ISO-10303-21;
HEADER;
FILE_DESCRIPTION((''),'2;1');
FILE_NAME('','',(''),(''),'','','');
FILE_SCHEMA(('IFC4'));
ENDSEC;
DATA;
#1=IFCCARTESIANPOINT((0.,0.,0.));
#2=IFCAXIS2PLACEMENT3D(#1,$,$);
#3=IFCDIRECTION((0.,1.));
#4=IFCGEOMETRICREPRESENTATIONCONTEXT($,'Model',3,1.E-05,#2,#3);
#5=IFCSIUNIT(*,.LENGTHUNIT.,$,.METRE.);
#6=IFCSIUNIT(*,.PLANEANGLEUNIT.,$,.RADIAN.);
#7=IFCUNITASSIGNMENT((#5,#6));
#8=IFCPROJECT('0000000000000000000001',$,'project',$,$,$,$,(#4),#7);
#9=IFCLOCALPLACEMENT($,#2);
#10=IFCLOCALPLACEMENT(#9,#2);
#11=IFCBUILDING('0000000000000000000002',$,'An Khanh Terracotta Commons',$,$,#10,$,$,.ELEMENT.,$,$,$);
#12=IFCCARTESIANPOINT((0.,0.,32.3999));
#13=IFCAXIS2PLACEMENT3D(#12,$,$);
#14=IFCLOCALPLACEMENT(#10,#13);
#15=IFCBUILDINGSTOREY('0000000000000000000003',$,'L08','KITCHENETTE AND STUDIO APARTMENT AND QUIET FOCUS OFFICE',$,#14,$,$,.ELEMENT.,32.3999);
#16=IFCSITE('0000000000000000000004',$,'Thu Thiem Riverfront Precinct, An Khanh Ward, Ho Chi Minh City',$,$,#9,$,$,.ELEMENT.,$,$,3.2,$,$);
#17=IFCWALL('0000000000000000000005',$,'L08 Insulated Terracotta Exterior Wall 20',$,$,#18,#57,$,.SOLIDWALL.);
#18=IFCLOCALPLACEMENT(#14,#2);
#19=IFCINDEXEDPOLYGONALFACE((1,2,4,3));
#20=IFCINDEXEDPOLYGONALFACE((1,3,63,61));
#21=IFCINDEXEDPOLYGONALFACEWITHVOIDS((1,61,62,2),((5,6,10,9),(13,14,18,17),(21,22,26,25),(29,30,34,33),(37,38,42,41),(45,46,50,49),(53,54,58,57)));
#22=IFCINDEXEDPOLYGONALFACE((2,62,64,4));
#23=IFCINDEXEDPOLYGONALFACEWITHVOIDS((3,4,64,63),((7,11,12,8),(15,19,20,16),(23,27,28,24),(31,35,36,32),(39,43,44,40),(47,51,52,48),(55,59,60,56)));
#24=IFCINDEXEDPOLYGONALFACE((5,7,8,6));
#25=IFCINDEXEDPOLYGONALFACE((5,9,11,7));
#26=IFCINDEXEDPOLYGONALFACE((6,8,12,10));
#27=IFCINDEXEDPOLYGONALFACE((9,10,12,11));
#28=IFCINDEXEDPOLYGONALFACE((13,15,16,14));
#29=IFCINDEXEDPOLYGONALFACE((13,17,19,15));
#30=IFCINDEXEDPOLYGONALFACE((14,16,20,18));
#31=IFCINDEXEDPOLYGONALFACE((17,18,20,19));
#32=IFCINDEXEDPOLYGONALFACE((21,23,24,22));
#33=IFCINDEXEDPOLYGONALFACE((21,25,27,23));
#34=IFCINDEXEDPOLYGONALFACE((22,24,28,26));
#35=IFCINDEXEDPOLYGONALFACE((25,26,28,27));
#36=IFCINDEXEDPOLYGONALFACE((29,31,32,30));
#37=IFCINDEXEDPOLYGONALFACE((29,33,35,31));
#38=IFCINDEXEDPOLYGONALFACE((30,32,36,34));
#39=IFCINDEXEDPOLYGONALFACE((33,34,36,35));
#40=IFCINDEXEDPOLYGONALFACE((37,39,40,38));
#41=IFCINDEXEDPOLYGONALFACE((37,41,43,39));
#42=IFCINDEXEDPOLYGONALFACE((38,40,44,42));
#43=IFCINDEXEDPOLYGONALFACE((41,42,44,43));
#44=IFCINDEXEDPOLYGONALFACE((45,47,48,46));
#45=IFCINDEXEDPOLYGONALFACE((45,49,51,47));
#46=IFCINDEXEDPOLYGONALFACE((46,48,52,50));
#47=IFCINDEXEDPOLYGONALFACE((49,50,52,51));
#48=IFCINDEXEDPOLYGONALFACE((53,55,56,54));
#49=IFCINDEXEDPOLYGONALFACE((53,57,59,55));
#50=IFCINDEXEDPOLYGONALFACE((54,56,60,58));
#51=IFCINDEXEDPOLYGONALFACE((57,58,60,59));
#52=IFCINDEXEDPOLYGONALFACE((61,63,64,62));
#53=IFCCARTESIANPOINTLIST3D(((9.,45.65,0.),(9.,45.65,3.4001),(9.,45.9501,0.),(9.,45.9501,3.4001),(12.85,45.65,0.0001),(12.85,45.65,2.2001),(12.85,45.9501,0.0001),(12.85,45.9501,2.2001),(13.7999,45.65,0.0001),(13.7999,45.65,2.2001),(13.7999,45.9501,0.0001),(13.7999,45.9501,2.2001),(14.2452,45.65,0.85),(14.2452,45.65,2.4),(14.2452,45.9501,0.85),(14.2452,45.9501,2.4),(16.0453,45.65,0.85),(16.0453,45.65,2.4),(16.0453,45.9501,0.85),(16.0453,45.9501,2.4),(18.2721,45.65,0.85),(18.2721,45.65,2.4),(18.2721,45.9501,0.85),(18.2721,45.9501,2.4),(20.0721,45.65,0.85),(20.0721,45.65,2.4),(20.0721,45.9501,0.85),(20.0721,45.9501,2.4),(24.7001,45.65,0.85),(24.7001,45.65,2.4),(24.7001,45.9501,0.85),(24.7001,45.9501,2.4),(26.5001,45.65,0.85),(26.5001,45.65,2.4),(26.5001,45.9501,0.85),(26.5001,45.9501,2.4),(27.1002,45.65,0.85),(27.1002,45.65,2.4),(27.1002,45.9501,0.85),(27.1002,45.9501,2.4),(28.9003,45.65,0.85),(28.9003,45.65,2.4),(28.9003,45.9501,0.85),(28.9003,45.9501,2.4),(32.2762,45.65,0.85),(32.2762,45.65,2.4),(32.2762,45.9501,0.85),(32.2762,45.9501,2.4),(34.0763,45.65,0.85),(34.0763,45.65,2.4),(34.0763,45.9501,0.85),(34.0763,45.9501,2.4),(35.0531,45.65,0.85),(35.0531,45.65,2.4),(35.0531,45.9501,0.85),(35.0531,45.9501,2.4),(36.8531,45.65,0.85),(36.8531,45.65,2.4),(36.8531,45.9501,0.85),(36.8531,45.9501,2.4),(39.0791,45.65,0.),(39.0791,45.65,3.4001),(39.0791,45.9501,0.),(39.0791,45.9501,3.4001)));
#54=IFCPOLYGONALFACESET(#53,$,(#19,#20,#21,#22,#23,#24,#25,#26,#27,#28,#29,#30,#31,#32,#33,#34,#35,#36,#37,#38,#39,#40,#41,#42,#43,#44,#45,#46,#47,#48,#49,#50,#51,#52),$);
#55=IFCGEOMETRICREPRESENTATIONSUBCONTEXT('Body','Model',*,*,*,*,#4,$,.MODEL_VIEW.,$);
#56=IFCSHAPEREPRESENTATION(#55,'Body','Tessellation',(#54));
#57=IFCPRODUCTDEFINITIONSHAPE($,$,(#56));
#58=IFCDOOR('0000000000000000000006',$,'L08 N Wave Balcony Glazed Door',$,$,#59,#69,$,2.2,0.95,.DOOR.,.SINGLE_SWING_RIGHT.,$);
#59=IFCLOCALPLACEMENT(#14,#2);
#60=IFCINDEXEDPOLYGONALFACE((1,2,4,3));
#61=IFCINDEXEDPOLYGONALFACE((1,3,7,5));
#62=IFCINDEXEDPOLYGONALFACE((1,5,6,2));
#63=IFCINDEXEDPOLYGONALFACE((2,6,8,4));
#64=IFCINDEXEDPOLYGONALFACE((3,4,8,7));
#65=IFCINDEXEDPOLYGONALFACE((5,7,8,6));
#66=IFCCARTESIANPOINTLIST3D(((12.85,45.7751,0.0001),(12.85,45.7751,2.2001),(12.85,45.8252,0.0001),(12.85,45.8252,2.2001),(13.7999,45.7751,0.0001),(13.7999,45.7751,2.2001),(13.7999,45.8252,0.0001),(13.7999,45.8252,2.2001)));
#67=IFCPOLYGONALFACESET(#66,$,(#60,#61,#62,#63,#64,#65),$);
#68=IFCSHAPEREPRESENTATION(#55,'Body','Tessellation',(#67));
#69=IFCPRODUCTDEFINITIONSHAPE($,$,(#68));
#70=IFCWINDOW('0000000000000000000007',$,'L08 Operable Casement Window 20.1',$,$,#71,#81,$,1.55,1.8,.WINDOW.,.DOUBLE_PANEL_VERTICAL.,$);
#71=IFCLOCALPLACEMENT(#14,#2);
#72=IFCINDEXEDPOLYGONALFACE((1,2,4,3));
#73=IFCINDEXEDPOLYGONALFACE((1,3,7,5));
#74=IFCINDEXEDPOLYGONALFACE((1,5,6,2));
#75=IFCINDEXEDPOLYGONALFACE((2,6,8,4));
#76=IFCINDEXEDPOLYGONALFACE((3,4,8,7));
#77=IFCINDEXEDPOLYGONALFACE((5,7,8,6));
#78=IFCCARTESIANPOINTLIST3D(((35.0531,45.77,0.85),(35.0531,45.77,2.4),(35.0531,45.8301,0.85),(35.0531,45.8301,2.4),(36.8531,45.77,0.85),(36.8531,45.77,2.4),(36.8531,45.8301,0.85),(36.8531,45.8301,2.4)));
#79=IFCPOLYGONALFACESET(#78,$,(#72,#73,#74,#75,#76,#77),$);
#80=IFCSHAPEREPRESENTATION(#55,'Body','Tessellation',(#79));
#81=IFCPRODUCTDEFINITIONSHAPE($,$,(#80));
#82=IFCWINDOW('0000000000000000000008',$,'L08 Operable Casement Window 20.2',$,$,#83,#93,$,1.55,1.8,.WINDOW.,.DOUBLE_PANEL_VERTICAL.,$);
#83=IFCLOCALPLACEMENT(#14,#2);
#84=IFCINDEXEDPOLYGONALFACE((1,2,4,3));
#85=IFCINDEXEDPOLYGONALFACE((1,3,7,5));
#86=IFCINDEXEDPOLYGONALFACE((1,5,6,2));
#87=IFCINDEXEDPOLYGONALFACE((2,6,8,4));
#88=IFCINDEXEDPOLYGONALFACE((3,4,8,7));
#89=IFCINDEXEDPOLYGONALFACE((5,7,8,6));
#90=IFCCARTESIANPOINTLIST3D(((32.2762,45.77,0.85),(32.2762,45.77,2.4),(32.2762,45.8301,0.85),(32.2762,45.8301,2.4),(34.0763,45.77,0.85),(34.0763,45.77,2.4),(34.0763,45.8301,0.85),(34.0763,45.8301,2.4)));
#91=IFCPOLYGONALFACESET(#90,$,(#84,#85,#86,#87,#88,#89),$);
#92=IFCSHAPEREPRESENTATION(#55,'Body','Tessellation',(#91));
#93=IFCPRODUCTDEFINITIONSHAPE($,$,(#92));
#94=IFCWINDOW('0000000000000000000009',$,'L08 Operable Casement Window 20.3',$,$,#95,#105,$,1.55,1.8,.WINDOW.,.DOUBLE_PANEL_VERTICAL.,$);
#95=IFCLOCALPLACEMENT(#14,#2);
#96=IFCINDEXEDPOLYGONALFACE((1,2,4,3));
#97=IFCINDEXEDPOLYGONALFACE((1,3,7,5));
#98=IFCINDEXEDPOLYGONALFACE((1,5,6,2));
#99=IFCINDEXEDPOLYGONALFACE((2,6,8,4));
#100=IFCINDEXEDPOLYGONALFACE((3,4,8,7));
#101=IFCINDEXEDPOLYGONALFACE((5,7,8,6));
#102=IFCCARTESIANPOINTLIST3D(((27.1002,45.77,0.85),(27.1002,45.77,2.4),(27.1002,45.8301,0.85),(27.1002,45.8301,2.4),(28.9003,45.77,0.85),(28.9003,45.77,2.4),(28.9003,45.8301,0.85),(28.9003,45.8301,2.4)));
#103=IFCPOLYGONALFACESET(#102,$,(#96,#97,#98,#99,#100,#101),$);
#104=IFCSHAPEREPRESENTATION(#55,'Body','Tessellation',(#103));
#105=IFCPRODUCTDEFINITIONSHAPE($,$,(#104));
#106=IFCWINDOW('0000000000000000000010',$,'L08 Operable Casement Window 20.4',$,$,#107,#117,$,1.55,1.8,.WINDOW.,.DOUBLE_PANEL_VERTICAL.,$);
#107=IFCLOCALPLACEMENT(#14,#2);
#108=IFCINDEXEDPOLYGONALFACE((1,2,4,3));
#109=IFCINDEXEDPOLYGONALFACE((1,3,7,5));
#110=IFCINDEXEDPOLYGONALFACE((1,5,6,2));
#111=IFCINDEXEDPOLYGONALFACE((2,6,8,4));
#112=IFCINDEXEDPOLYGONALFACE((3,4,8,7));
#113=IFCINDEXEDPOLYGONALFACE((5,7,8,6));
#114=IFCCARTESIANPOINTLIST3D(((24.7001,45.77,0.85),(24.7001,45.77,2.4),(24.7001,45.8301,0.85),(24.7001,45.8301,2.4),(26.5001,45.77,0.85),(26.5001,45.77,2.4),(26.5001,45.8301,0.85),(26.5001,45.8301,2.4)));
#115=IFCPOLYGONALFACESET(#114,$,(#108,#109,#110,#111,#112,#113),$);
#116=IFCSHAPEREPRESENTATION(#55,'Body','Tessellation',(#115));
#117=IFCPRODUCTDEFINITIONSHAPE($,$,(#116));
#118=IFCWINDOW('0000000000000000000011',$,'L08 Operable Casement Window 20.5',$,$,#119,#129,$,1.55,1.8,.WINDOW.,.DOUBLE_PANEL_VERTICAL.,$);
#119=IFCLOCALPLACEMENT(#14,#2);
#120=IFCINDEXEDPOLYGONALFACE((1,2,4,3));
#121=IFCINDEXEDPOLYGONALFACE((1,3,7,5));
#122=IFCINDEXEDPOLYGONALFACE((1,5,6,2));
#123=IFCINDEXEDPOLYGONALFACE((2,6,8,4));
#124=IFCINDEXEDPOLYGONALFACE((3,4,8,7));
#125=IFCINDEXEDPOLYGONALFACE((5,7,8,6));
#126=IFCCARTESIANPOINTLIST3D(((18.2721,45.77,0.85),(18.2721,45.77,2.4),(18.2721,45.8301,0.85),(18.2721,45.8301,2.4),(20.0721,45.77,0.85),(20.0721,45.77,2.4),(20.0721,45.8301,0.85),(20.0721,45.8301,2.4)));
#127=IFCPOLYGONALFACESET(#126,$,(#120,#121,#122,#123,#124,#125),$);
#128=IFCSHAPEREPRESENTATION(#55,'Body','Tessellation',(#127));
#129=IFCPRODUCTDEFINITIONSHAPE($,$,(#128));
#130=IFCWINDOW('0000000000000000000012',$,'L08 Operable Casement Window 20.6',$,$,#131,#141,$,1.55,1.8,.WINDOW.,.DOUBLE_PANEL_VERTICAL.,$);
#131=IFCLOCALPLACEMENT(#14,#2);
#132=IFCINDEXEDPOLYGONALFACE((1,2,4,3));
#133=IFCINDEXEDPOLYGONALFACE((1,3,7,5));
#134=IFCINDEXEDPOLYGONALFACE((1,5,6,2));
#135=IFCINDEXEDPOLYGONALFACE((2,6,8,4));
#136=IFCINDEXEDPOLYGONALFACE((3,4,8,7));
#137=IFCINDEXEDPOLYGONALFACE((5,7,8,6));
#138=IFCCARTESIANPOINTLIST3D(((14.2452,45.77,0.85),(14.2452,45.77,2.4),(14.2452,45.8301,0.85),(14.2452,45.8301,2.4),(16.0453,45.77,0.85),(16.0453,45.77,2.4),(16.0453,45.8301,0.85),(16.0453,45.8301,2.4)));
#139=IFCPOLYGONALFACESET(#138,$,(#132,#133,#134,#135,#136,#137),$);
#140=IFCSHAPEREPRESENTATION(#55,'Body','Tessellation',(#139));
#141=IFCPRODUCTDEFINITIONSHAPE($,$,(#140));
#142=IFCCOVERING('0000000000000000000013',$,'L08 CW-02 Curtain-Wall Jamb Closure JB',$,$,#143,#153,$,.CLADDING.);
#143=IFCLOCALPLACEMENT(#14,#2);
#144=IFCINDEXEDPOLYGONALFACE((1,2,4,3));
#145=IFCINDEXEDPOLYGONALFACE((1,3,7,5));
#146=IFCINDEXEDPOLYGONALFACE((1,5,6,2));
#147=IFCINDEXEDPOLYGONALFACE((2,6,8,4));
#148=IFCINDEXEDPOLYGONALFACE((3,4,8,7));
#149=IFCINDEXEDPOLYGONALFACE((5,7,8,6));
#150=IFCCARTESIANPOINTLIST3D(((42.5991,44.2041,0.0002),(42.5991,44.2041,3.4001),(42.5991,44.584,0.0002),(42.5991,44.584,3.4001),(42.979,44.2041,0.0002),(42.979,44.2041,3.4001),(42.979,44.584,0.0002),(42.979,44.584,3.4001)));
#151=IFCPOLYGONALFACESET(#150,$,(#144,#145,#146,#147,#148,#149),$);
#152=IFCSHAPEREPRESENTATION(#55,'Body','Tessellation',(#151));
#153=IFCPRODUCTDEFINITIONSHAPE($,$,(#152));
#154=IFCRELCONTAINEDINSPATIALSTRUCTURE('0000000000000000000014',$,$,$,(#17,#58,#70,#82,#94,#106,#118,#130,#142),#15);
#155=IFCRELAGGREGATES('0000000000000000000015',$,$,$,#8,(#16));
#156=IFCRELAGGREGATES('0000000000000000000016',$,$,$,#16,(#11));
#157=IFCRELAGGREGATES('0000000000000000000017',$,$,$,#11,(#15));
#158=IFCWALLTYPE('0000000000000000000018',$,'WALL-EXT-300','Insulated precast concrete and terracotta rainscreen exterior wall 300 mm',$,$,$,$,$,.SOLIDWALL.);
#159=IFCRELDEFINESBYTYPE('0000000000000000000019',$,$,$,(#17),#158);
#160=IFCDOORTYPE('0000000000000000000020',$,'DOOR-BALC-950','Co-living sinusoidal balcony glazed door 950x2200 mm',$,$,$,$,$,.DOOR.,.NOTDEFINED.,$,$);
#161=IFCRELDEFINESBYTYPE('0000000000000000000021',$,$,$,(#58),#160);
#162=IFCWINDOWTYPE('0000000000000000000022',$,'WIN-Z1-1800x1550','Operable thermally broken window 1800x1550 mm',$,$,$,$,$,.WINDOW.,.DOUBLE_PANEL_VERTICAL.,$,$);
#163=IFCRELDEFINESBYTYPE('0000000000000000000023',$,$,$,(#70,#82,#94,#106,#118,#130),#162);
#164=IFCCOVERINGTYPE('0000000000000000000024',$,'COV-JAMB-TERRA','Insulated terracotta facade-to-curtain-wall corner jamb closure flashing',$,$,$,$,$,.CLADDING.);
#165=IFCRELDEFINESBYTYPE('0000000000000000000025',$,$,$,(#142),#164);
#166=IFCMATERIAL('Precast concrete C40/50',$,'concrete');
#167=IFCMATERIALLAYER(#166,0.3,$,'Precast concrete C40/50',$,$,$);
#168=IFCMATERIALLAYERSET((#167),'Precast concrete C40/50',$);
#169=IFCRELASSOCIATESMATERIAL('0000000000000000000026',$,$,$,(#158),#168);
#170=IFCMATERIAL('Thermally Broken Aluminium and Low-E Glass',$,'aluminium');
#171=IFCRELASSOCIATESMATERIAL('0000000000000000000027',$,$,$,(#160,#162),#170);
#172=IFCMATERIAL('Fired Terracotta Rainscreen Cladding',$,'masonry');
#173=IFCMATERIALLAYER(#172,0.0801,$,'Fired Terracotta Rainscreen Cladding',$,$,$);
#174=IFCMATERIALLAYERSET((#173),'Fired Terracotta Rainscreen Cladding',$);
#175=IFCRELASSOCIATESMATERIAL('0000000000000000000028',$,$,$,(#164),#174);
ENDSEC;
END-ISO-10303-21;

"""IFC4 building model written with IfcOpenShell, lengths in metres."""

from ifc_helpers import new_model, si_unit, direction, frame, frame_2d, origin, origin_2d, place, context, subcontext, project, spatial, rectangle, extrude, material, layer, layer_set, type_object, element, fill, save


model = new_model("IFC4")

# Units and contexts
model_context = context("Model", 3, precision=1e-05, world=origin(), true_north=direction((0.0, 1.0)))
body_context = subcontext(model_context, "Body", "Model", "MODEL_VIEW")
ifc_project = project(units=[si_unit("LENGTHUNIT", "METRE"), si_unit("PLANEANGLEUNIT", "RADIAN")], contexts=[model_context])

# Site, building, storey
site_placement = place(None, origin())
site = spatial("IfcSite", under=ifc_project, at=site_placement, Name="Thu Thiem Riverfront Precinct, An Khanh Ward, Ho Chi Minh City", CompositionType="ELEMENT", RefElevation=3.2)
building_placement = place(site_placement, origin())
building = spatial("IfcBuilding", under=site, at=building_placement, Name="An Khanh Terracotta Commons", CompositionType="ELEMENT")
storey_placement = place(building_placement, frame((0.0, 0.0, 32.3999)))
storey = spatial("IfcBuildingStorey", under=building, at=storey_placement, Name="L08", Description="KITCHENETTE AND STUDIO APARTMENT AND QUIET FOCUS OFFICE", CompositionType="ELEMENT", Elevation=32.3999)

# Shared definitions
ifc_material_1 = material(Name="Precast concrete C40/50", Category="concrete")
ifc_layer_1 = layer(ifc_material_1, 0.3, Name="Precast concrete C40/50")
ifc_layer_set_1 = layer_set([ifc_layer_1], Name="Precast concrete C40/50")
wall_type = type_object("IfcWallType", Name="WALL-EXT-300", Description="Insulated precast concrete and terracotta rainscreen exterior wall 300 mm", PredefinedType="SOLIDWALL", material=ifc_layer_set_1)

# Wall, openings, door, windows
wall_1_placement = place(storey_placement, frame((39.0791, 45.8, 0.0), z_axis=(0.0, 0.0, 1.0), x_axis=(-1.0, 0.0, 0.0)))
wall_1 = element("IfcWall", 1, at=wall_1_placement, inside=storey, type_object=wall_type, Name="L08 Insulated Terracotta Exterior Wall 20", PredefinedType="SOLIDWALL", context=body_context, shape_type="SweptSolid", body=[
    extrude(rectangle(XDim=30.0791, YDim=0.3, at=frame_2d((15.0396, 0.0))), origin(), (0.0, 0.0, 1.0), 3.4001),
])
opening_1_placement = place(wall_1_placement, frame((25.2791, 0.0, 0.0)))
opening_1 = element("IfcOpeningElement", 2, at=opening_1_placement, cuts=wall_1, PredefinedType="OPENING", context=body_context, shape_type="SweptSolid", body=[
    extrude(rectangle(XDim=0.95, YDim=2.2, at=frame_2d((0.4751, 1.1001))), frame((0.0, 0.1599, 0.0), z_axis=(0.0, -1.0, 0.0), x_axis=(1.0, 0.0, 0.0)), (0.0, 0.0, 1.0), 0.3201),
])
opening_2_placement = place(wall_1_placement, frame((2.2261, 0.0, 0.8501)))
opening_2 = element("IfcOpeningElement", 3, at=opening_2_placement, cuts=wall_1, PredefinedType="OPENING", context=body_context, shape_type="SweptSolid", body=[
    extrude(rectangle(XDim=1.8, YDim=1.55, at=frame_2d((0.8999, 0.7749))), frame((0.0, 0.1599, 0.0), z_axis=(0.0, -1.0, 0.0), x_axis=(1.0, 0.0, 0.0)), (0.0, 0.0, 1.0), 0.3201),
])
opening_3_placement = place(wall_1_placement, frame((5.0029, 0.0, 0.8501)))
opening_3 = element("IfcOpeningElement", 4, at=opening_3_placement, cuts=wall_1, PredefinedType="OPENING", context=body_context, shape_type="SweptSolid", body=[
    extrude(rectangle(XDim=1.8, YDim=1.55, at=frame_2d((0.8999, 0.7749))), frame((0.0, 0.1599, 0.0), z_axis=(0.0, -1.0, 0.0), x_axis=(1.0, 0.0, 0.0)), (0.0, 0.0, 1.0), 0.3201),
])
opening_4_placement = place(wall_1_placement, frame((10.179, 0.0, 0.8501)))
opening_4 = element("IfcOpeningElement", 5, at=opening_4_placement, cuts=wall_1, PredefinedType="OPENING", context=body_context, shape_type="SweptSolid", body=[
    extrude(rectangle(XDim=1.8, YDim=1.55, at=frame_2d((0.8999, 0.7749))), frame((0.0, 0.1599, 0.0), z_axis=(0.0, -1.0, 0.0), x_axis=(1.0, 0.0, 0.0)), (0.0, 0.0, 1.0), 0.3201),
])
opening_5_placement = place(wall_1_placement, frame((12.5791, 0.0, 0.8501)))
opening_5 = element("IfcOpeningElement", 6, at=opening_5_placement, cuts=wall_1, PredefinedType="OPENING", context=body_context, shape_type="SweptSolid", body=[
    extrude(rectangle(XDim=1.8, YDim=1.55, at=frame_2d((0.8999, 0.7749))), frame((0.0, 0.1599, 0.0), z_axis=(0.0, -1.0, 0.0), x_axis=(1.0, 0.0, 0.0)), (0.0, 0.0, 1.0), 0.3201),
])
opening_6_placement = place(wall_1_placement, frame((19.0071, 0.0, 0.8501)))
opening_6 = element("IfcOpeningElement", 7, at=opening_6_placement, cuts=wall_1, PredefinedType="OPENING", context=body_context, shape_type="SweptSolid", body=[
    extrude(rectangle(XDim=1.8, YDim=1.55, at=frame_2d((0.8999, 0.7749))), frame((0.0, 0.1599, 0.0), z_axis=(0.0, -1.0, 0.0), x_axis=(1.0, 0.0, 0.0)), (0.0, 0.0, 1.0), 0.3201),
])
opening_7_placement = place(wall_1_placement, frame((23.0339, 0.0, 0.8501)))
opening_7 = element("IfcOpeningElement", 8, at=opening_7_placement, cuts=wall_1, PredefinedType="OPENING", context=body_context, shape_type="SweptSolid", body=[
    extrude(rectangle(XDim=1.8, YDim=1.55, at=frame_2d((0.8999, 0.7749))), frame((0.0, 0.1599, 0.0), z_axis=(0.0, -1.0, 0.0), x_axis=(1.0, 0.0, 0.0)), (0.0, 0.0, 1.0), 0.3201),
])
ifc_material_2 = material(Name="Thermally Broken Aluminium and Low-E Glass", Category="aluminium")
door_type = type_object("IfcDoorType", Name="DOOR-BALC-950", Description="Co-living sinusoidal balcony glazed door 950x2200 mm", OperationType="NOTDEFINED", PredefinedType="DOOR", material=ifc_material_2)
door_placement = place(opening_1_placement, origin())
door = element("IfcDoor", 9, at=door_placement, inside=storey, type_object=door_type, Name="L08 N Wave Balcony Glazed Door", OperationType="SINGLE_SWING_RIGHT", OverallHeight=2.2, OverallWidth=0.95, PredefinedType="DOOR", context=body_context, shape_type="SweptSolid", body=[
    extrude(rectangle(XDim=0.95, YDim=2.2, at=frame_2d((0.4751, 1.1001))), frame((0.0, 0.0249, 0.0), z_axis=(0.0, -1.0, 0.0), x_axis=(1.0, 0.0, 0.0)), (0.0, 0.0, 1.0), 0.05),
])
fill(opening_1, door)
window_type = type_object("IfcWindowType", Name="WIN-Z1-1800x1550", Description="Operable thermally broken window 1800x1550 mm", PartitioningType="DOUBLE_PANEL_VERTICAL", PredefinedType="WINDOW", material=ifc_material_2)
window_1_placement = place(opening_2_placement, origin())
window_1 = element("IfcWindow", 10, at=window_1_placement, inside=storey, type_object=window_type, Name="L08 Operable Casement Window 20.1", OverallHeight=1.55, OverallWidth=1.8, PartitioningType="DOUBLE_PANEL_VERTICAL", PredefinedType="WINDOW", context=body_context, shape_type="SweptSolid", body=[
    extrude(rectangle(XDim=1.8, YDim=1.55, at=frame_2d((0.8999, 0.7749))), frame((0.0, 0.03, 0.0), z_axis=(0.0, -1.0, 0.0), x_axis=(1.0, 0.0, 0.0)), (0.0, 0.0, 1.0), 0.0601),
])
fill(opening_2, window_1)
window_2_placement = place(opening_3_placement, origin())
window_2 = element("IfcWindow", 11, at=window_2_placement, inside=storey, type_object=window_type, Name="L08 Operable Casement Window 20.2", OverallHeight=1.55, OverallWidth=1.8, PartitioningType="DOUBLE_PANEL_VERTICAL", PredefinedType="WINDOW", context=body_context, shape_type="SweptSolid", body=[
    extrude(rectangle(XDim=1.8, YDim=1.55, at=frame_2d((0.8999, 0.7749))), frame((0.0, 0.03, 0.0), z_axis=(0.0, -1.0, 0.0), x_axis=(1.0, 0.0, 0.0)), (0.0, 0.0, 1.0), 0.0601),
])
fill(opening_3, window_2)
window_3_placement = place(opening_4_placement, origin())
window_3 = element("IfcWindow", 12, at=window_3_placement, inside=storey, type_object=window_type, Name="L08 Operable Casement Window 20.3", OverallHeight=1.55, OverallWidth=1.8, PartitioningType="DOUBLE_PANEL_VERTICAL", PredefinedType="WINDOW", context=body_context, shape_type="SweptSolid", body=[
    extrude(rectangle(XDim=1.8, YDim=1.55, at=frame_2d((0.8999, 0.7749))), frame((0.0, 0.03, 0.0), z_axis=(0.0, -1.0, 0.0), x_axis=(1.0, 0.0, 0.0)), (0.0, 0.0, 1.0), 0.0601),
])
fill(opening_4, window_3)
window_4_placement = place(opening_5_placement, origin())
window_4 = element("IfcWindow", 13, at=window_4_placement, inside=storey, type_object=window_type, Name="L08 Operable Casement Window 20.4", OverallHeight=1.55, OverallWidth=1.8, PartitioningType="DOUBLE_PANEL_VERTICAL", PredefinedType="WINDOW", context=body_context, shape_type="SweptSolid", body=[
    extrude(rectangle(XDim=1.8, YDim=1.55, at=frame_2d((0.8999, 0.7749))), frame((0.0, 0.03, 0.0), z_axis=(0.0, -1.0, 0.0), x_axis=(1.0, 0.0, 0.0)), (0.0, 0.0, 1.0), 0.0601),
])
fill(opening_5, window_4)
window_5_placement = place(opening_6_placement, origin())
window_5 = element("IfcWindow", 14, at=window_5_placement, inside=storey, type_object=window_type, Name="L08 Operable Casement Window 20.5", OverallHeight=1.55, OverallWidth=1.8, PartitioningType="DOUBLE_PANEL_VERTICAL", PredefinedType="WINDOW", context=body_context, shape_type="SweptSolid", body=[
    extrude(rectangle(XDim=1.8, YDim=1.55, at=frame_2d((0.8999, 0.7749))), frame((0.0, 0.03, 0.0), z_axis=(0.0, -1.0, 0.0), x_axis=(1.0, 0.0, 0.0)), (0.0, 0.0, 1.0), 0.0601),
])
fill(opening_6, window_5)
window_6_placement = place(opening_7_placement, origin())
window_6 = element("IfcWindow", 15, at=window_6_placement, inside=storey, type_object=window_type, Name="L08 Operable Casement Window 20.6", OverallHeight=1.55, OverallWidth=1.8, PartitioningType="DOUBLE_PANEL_VERTICAL", PredefinedType="WINDOW", context=body_context, shape_type="SweptSolid", body=[
    extrude(rectangle(XDim=1.8, YDim=1.55, at=frame_2d((0.8999, 0.7749))), frame((0.0, 0.03, 0.0), z_axis=(0.0, -1.0, 0.0), x_axis=(1.0, 0.0, 0.0)), (0.0, 0.0, 1.0), 0.0601),
])
fill(opening_7, window_6)

# Covering
ifc_material_3 = material(Name="Fired Terracotta Rainscreen Cladding", Category="masonry")
ifc_layer_2 = layer(ifc_material_3, 0.0801, Name="Fired Terracotta Rainscreen Cladding")
ifc_layer_set_2 = layer_set([ifc_layer_2], Name="Fired Terracotta Rainscreen Cladding")
covering_type = type_object("IfcCoveringType", Name="COV-JAMB-TERRA", Description="Insulated terracotta facade-to-curtain-wall corner jamb closure flashing", PredefinedType="CLADDING", material=ifc_layer_set_2)
covering_placement = place(storey_placement, frame((42.7891, 44.394, 0.0002), z_axis=(0.0, 0.0, 1.0), x_axis=(1.0, 0.0, 0.0)))
element("IfcCovering", 16, at=covering_placement, inside=storey, type_object=covering_type, Name="L08 CW-02 Curtain-Wall Jamb Closure JB", PredefinedType="CLADDING", context=body_context, shape_type="SweptSolid", body=[
    extrude(rectangle(XDim=0.3799, YDim=0.3799, at=origin_2d()), origin(), (0.0, 0.0, 1.0), 3.3999),
])

save(model, "model.ifc")
